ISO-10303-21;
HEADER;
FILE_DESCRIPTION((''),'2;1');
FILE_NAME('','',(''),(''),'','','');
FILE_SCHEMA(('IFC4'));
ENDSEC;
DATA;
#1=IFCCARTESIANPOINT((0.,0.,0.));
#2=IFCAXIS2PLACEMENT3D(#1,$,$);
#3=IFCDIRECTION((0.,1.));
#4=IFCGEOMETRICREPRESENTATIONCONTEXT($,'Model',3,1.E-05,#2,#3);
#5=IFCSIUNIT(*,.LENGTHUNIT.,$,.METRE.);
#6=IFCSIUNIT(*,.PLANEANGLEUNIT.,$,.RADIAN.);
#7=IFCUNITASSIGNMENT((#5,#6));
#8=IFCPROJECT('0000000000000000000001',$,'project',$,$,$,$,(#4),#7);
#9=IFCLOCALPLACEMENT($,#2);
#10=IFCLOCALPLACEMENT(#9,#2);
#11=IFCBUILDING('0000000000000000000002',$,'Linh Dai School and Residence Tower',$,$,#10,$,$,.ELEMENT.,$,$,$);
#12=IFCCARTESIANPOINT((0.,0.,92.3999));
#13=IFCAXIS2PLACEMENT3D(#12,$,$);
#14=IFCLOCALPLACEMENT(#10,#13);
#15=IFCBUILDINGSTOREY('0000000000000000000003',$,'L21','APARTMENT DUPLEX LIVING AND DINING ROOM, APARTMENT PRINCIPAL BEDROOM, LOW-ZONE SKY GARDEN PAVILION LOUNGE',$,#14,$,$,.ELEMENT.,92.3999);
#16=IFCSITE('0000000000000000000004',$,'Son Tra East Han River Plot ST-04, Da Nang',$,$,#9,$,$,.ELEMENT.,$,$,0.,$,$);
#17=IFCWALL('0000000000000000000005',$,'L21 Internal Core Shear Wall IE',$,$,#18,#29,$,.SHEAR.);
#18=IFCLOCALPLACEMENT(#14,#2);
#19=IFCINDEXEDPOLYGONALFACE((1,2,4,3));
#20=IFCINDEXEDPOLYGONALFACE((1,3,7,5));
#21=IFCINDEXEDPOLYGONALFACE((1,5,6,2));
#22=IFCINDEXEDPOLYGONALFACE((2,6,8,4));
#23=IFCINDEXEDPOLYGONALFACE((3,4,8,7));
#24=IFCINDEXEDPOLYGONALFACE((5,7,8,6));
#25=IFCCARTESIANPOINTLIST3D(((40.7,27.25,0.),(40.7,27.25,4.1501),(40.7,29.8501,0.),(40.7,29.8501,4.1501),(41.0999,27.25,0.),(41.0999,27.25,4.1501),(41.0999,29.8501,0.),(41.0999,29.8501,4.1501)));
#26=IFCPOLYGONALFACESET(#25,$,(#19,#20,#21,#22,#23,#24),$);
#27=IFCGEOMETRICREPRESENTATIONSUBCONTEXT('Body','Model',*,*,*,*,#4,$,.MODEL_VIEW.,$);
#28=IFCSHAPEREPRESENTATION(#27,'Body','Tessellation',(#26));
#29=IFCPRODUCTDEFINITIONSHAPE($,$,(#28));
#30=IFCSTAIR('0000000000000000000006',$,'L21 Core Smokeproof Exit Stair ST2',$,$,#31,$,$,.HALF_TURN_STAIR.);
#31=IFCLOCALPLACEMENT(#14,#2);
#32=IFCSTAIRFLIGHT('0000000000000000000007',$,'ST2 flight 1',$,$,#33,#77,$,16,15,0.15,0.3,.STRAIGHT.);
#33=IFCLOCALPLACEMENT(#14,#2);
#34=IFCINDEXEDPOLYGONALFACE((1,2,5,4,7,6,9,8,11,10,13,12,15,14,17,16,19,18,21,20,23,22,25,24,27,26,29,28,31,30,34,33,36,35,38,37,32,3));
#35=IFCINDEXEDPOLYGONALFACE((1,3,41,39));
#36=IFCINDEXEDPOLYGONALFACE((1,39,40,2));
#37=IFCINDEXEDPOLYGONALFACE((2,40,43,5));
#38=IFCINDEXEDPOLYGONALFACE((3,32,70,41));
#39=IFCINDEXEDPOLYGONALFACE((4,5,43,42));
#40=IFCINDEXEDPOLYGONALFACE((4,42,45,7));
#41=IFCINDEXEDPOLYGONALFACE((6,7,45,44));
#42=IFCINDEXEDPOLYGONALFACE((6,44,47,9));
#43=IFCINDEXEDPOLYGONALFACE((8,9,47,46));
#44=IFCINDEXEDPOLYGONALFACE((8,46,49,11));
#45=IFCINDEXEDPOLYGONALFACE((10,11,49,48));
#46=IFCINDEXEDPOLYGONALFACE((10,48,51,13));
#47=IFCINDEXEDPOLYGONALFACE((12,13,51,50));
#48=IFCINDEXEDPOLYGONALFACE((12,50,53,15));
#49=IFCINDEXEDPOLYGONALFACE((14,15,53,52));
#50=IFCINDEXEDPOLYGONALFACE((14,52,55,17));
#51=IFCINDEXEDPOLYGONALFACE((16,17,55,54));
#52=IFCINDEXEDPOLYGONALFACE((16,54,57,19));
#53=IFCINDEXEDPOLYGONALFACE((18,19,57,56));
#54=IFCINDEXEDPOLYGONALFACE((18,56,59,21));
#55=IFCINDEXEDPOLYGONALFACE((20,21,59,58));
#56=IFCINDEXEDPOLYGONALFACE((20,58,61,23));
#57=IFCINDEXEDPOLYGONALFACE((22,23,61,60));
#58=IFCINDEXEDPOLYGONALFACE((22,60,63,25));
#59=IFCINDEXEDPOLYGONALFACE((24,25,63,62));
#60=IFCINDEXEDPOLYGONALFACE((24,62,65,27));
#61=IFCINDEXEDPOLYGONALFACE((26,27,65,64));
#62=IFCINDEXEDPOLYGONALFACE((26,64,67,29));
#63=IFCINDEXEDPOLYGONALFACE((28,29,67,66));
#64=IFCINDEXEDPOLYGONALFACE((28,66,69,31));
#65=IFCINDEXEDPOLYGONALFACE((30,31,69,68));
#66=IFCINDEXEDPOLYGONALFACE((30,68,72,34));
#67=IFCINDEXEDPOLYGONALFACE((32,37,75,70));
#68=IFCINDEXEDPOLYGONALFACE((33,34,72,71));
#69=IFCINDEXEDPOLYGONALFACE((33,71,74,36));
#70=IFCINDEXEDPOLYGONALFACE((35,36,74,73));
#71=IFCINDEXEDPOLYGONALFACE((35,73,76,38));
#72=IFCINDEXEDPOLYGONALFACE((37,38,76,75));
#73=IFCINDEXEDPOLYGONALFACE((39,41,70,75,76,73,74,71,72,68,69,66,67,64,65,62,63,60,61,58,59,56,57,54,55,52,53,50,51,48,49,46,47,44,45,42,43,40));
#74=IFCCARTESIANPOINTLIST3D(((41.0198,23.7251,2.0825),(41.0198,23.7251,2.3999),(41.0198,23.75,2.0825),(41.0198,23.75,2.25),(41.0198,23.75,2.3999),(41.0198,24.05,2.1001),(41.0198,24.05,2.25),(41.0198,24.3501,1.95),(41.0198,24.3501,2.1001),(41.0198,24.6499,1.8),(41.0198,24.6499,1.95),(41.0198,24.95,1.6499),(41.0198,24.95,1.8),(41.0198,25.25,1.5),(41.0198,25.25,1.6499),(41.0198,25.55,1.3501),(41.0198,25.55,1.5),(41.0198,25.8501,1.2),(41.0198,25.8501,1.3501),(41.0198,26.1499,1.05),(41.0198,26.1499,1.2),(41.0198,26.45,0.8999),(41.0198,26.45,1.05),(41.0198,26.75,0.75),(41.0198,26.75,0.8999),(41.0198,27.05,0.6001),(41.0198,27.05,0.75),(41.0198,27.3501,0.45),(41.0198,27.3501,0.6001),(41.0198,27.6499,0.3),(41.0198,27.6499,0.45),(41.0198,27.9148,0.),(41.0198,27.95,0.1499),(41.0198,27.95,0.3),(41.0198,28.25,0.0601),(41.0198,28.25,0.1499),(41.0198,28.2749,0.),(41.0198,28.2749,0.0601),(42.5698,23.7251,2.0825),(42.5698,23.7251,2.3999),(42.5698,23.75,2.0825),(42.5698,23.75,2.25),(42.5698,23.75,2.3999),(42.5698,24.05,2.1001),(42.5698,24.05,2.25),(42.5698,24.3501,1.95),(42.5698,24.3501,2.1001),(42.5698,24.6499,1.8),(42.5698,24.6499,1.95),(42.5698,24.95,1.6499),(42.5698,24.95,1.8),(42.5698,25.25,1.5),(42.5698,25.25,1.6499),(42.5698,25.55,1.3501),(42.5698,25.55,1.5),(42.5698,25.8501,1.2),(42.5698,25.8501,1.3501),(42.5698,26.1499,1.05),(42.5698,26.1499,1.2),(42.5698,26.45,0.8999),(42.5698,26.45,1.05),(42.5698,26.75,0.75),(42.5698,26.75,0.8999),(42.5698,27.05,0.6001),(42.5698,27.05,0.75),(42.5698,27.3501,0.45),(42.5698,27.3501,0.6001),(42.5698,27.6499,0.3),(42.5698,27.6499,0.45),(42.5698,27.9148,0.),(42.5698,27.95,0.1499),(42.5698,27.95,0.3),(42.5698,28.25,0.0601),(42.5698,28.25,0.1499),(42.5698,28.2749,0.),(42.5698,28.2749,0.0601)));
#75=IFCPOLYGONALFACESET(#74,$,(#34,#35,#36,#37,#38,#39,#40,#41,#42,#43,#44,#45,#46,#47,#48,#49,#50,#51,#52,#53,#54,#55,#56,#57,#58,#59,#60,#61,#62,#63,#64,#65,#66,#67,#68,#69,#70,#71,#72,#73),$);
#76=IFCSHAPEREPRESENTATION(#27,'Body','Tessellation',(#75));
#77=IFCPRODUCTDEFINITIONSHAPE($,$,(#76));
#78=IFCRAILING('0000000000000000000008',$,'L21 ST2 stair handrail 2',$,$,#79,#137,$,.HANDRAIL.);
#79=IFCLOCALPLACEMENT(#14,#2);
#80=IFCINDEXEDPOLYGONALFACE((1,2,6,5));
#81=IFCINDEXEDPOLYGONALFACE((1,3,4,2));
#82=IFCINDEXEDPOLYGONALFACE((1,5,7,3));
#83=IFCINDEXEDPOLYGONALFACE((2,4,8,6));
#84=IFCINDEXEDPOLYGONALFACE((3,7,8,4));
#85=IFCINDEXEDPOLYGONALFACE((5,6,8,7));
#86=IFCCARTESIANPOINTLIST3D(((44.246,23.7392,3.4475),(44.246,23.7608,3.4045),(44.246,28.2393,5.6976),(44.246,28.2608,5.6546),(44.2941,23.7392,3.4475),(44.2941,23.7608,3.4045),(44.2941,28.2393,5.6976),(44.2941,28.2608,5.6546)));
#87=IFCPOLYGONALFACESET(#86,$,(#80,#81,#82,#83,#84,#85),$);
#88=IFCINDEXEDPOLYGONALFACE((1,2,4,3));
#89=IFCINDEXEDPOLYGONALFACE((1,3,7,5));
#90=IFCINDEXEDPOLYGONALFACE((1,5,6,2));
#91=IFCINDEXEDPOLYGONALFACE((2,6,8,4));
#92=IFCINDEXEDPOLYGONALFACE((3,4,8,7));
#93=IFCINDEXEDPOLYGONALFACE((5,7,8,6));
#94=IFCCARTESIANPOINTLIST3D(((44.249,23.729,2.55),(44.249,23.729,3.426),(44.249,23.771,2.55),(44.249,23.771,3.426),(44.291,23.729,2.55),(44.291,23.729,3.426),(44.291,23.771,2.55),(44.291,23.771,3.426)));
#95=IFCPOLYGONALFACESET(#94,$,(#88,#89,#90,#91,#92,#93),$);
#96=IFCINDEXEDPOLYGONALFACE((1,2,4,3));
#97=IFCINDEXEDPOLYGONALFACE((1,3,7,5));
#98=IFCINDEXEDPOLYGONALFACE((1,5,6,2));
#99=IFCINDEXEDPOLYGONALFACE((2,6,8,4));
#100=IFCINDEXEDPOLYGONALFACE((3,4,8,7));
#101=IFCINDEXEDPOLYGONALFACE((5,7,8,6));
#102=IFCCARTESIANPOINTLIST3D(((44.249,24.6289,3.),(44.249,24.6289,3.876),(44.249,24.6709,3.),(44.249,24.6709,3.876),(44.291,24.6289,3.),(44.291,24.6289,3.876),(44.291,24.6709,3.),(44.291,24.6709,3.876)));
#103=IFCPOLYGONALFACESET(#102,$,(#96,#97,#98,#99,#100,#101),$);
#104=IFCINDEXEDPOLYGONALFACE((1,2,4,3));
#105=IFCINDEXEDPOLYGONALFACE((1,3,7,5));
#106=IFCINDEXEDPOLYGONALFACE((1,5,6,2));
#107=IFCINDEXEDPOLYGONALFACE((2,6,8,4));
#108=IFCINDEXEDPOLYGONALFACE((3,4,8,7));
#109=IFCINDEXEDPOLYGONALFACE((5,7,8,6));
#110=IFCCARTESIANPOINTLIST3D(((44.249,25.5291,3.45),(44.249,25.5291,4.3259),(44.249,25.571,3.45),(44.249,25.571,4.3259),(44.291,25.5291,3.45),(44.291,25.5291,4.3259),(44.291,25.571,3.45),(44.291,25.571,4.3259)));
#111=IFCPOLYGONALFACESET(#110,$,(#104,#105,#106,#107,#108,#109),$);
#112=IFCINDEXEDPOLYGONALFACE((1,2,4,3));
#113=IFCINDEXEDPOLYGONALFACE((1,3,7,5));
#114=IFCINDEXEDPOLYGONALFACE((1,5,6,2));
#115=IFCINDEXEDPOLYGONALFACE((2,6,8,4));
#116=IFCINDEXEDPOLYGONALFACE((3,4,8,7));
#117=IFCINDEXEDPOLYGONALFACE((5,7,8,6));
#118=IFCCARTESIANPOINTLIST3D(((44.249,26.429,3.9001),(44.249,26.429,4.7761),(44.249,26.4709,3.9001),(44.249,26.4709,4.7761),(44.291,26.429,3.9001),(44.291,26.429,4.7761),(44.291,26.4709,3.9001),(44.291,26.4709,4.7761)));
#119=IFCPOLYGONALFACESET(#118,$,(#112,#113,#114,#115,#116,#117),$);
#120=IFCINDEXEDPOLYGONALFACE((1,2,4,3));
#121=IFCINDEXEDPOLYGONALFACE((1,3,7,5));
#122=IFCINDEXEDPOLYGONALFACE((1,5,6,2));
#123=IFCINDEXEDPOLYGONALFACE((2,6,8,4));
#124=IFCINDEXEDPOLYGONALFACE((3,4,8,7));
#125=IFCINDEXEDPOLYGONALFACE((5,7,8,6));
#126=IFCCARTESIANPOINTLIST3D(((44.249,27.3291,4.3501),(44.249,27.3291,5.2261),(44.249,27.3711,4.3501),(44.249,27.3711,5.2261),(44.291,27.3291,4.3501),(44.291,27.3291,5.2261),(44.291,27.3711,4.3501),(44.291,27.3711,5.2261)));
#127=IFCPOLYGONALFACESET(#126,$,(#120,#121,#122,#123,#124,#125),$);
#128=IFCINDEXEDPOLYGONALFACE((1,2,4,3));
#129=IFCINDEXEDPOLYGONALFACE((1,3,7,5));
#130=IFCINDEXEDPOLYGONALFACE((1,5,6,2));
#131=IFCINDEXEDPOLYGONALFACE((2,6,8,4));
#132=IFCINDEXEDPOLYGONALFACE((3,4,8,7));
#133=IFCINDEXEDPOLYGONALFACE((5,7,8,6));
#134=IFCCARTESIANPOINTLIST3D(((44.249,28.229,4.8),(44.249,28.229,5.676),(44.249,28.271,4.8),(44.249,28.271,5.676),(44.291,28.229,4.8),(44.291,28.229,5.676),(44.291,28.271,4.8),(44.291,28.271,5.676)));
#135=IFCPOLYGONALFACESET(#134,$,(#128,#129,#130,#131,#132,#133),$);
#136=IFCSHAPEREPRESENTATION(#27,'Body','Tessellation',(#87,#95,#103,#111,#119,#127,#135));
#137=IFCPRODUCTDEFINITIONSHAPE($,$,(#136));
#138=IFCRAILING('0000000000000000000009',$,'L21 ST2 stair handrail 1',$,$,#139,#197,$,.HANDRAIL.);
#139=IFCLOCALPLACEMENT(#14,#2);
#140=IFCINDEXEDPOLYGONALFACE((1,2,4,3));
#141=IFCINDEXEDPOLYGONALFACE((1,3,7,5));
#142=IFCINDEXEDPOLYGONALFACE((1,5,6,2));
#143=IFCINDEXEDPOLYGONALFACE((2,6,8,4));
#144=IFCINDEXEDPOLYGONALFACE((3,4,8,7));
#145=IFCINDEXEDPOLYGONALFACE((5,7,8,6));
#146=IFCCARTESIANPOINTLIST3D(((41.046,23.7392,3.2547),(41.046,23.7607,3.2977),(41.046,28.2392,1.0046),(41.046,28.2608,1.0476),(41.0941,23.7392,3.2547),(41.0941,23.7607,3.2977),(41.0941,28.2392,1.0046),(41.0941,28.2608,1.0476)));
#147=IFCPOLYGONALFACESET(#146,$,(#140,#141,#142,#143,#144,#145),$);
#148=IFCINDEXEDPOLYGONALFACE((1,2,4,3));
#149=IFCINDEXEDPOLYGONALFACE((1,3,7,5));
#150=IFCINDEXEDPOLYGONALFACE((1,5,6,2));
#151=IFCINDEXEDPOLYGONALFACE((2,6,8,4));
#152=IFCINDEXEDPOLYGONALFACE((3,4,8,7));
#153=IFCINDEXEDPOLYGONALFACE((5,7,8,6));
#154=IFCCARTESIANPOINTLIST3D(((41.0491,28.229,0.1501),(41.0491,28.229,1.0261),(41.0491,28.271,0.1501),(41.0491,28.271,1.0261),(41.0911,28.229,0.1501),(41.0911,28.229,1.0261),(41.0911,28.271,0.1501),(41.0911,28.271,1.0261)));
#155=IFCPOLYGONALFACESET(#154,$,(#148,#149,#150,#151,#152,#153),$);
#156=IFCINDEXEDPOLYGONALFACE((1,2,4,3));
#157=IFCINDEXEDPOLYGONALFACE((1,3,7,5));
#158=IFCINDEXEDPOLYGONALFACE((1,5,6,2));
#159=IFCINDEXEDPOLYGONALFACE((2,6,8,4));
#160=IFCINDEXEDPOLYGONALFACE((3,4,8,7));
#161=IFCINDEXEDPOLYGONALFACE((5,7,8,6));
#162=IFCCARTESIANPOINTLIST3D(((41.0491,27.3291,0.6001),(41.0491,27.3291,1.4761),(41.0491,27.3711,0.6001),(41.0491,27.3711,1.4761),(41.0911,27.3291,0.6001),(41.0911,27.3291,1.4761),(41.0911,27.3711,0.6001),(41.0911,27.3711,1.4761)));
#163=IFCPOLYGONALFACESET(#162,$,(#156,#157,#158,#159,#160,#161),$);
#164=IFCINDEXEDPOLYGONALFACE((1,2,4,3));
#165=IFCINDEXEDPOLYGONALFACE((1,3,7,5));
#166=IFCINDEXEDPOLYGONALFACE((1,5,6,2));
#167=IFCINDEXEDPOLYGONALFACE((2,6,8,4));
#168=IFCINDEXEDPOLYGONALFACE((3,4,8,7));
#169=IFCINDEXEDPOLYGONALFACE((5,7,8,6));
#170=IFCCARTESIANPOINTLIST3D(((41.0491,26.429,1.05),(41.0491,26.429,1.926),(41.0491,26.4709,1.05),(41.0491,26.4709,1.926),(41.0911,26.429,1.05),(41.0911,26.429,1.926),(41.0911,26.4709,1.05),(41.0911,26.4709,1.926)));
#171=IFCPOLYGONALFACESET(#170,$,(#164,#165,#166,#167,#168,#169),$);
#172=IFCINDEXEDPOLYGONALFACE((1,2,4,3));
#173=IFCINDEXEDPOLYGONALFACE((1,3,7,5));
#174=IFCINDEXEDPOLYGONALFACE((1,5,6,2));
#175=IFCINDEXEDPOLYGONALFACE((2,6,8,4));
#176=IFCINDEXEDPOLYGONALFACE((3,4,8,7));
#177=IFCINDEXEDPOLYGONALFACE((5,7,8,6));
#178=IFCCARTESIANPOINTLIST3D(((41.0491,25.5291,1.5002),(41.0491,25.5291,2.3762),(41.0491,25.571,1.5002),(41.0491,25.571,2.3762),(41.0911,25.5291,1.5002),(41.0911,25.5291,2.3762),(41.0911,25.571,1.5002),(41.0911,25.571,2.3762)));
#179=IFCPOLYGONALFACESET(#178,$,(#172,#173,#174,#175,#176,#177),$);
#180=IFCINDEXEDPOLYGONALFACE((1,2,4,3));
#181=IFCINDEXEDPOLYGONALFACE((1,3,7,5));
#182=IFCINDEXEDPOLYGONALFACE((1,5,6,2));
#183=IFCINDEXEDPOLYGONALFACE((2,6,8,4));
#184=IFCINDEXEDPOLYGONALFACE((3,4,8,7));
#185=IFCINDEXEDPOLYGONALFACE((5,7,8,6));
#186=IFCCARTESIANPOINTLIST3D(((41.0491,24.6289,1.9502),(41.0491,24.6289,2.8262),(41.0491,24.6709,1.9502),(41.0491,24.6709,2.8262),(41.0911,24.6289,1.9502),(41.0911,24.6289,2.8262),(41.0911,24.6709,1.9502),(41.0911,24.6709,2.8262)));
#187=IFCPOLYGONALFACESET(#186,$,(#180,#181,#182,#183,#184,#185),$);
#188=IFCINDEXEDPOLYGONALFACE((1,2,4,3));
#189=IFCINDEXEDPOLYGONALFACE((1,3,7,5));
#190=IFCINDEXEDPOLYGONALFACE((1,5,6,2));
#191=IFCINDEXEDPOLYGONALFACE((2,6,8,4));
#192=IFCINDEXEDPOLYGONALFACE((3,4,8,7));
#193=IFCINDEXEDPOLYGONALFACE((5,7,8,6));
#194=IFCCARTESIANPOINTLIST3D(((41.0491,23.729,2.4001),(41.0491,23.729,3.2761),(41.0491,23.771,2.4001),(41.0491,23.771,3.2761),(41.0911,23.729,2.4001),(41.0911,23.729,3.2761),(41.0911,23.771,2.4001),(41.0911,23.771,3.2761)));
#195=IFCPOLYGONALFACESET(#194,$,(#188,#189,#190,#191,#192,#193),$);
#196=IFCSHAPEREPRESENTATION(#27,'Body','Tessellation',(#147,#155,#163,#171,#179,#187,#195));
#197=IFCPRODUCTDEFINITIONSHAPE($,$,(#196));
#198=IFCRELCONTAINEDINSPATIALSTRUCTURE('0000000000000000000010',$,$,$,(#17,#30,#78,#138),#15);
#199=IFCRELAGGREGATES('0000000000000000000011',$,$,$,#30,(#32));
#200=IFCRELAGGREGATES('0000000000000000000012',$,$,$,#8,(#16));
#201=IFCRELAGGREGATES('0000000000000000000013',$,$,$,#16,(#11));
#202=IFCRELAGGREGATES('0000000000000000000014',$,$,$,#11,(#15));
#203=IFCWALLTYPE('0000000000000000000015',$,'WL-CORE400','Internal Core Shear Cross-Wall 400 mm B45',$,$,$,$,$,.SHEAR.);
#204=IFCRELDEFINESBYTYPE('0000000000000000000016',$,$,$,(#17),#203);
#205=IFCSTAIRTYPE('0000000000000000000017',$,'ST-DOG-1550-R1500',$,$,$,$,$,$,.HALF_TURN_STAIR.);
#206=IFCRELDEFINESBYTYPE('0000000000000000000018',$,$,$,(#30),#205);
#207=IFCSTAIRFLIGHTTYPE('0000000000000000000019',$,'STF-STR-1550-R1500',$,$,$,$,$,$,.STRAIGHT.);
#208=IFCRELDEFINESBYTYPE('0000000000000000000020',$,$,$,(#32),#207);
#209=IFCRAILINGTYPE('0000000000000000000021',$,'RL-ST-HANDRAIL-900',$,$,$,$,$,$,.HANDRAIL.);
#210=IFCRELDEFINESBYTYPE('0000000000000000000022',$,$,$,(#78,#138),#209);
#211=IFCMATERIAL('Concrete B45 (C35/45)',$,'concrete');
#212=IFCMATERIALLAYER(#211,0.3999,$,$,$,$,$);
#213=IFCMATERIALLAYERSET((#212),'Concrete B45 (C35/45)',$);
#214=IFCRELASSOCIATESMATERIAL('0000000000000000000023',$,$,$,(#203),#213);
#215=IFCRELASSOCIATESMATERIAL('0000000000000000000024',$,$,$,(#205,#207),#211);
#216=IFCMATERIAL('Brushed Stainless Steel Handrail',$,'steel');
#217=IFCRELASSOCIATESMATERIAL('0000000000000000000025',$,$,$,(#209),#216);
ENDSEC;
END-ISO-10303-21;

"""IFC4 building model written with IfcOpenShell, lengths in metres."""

from ifc_helpers import new_model, si_unit, direction, frame, frame_2d, origin, origin_2d, place, context, subcontext, project, spatial, polyline, rectangle, outline, extrude, source, transform, mapped, material, layer, layer_set, type_object, element, aggregate, save


model = new_model("IFC4")

# Units and contexts
model_context = context("Model", 3, precision=1e-05, world=origin(), true_north=direction((0.0, 1.0)))
body_context = subcontext(model_context, "Body", "Model", "MODEL_VIEW")
ifc_project = project(units=[si_unit("LENGTHUNIT", "METRE"), si_unit("PLANEANGLEUNIT", "RADIAN")], contexts=[model_context])

# Site, building, storey
site_placement = place(None, origin())
site = spatial("IfcSite", under=ifc_project, at=site_placement, Name="Son Tra East Han River Plot ST-04, Da Nang", CompositionType="ELEMENT", RefElevation=0.0)
building_placement = place(site_placement, origin())
building = spatial("IfcBuilding", under=site, at=building_placement, Name="Linh Dai School and Residence Tower", CompositionType="ELEMENT")
storey_placement = place(building_placement, frame((0.0, 0.0, 92.3999)))
storey = spatial("IfcBuildingStorey", under=building, at=storey_placement, Name="L21", Description="APARTMENT DUPLEX LIVING AND DINING ROOM, APARTMENT PRINCIPAL BEDROOM, LOW-ZONE SKY GARDEN PAVILION LOUNGE", CompositionType="ELEMENT", Elevation=92.3999)

# Wall
ifc_material_1 = material(Name="Concrete B45 (C35/45)", Category="concrete")
ifc_layer_1 = layer(ifc_material_1, 0.3999)
ifc_layer_set_1 = layer_set([ifc_layer_1], Name="Concrete B45 (C35/45)")
wall_type_1 = type_object("IfcWallType", Name="WL-CORE400", Description="Internal Core Shear Cross-Wall 400 mm B45", PredefinedType="SHEAR", material=ifc_layer_set_1)
wall_1_placement = place(storey_placement, frame((40.8999, 27.25, 0.0), z_axis=(0.0, 0.0, 1.0), x_axis=(0.0, 1.0, 0.0)))
element("IfcWall", 1, at=wall_1_placement, inside=storey, type_object=wall_type_1, Name="L21 Internal Core Shear Wall IE", PredefinedType="SHEAR", context=body_context, shape_type="SweptSolid", body=[
    extrude(rectangle(XDim=2.6001, YDim=0.3999, at=frame_2d((1.3, 0.0))), origin(), (0.0, 0.0, 1.0), 4.1501),
])

# Stair, stair flight
stair_type = type_object("IfcStairType", Name="ST-DOG-1550-R1500", PredefinedType="HALF_TURN_STAIR", material=ifc_material_1)
stair_placement = place(storey_placement, origin())
stair = element("IfcStair", 2, at=stair_placement, inside=storey, type_object=stair_type, Name="L21 Core Smokeproof Exit Stair ST2", PredefinedType="HALF_TURN_STAIR")
stair_flight_type = type_object("IfcStairFlightType", Name="STF-STR-1550-R1500", PredefinedType="STRAIGHT", material=ifc_material_1)
shared_shape_1 = source(origin(), body_context, "Body", "SweptSolid", [
    extrude(outline(polyline([(-0.0249, 0.0), (-0.0249, 0.0601), (0.0, 0.0601), (0.0, 0.1499), (0.3, 0.1499), (0.3, 0.3), (0.6001, 0.3), (0.6001, 0.45), (0.8999, 0.45), (0.8999, 0.6001), (1.2, 0.6001), (1.2, 0.75), (1.5, 0.75), (1.5, 0.8999), (1.8, 0.8999), (1.8, 1.05), (2.1001, 1.05), (2.1001, 1.2), (2.3999, 1.2), (2.3999, 1.3501), (2.7, 1.3501), (2.7, 1.5), (3.0, 1.5), (3.0, 1.6499), (3.3, 1.6499), (3.3, 1.8), (3.6001, 1.8), (3.6001, 1.95), (3.8999, 1.95), (3.8999, 2.1001), (4.2, 2.1001), (4.2, 2.25), (4.5, 2.25), (4.5, 2.3999), (4.5249, 2.3999), (4.5249, 2.0825), (4.5, 2.0825), (0.3352, 0.0), (-0.0249, 0.0)])), frame((0.0, 0.7749, 0.0), z_axis=(0.0, -1.0, 0.0), x_axis=(1.0, 0.0, 0.0)), (0.0, 0.0, 1.0), 1.55),
])
stair_flight_placement = place(storey_placement, frame((41.7949, 28.25, 0.0), z_axis=(0.0, 0.0, 1.0), x_axis=(0.0, -1.0, 0.0)))
stair_flight = element("IfcStairFlight", 3, at=stair_flight_placement, type_object=stair_flight_type, Name="ST2 flight 1", NumberOfRisers=16, NumberOfTreads=15, PredefinedType="STRAIGHT", RiserHeight=0.15, TreadLength=0.3, context=body_context, shape_type="MappedRepresentation", body=[
    mapped(shared_shape_1, transform((0.0, 0.0, 0.0), x_axis=(1.0, 0.0, 0.0), y_axis=(0.0, 1.0, 0.0), z_axis=(0.0, 0.0, 1.0), scale=1.0)),
])
aggregate(stair, [stair_flight])

# Railings
ifc_material_2 = material(Name="Brushed Stainless Steel Handrail", Category="steel")
railing_type_1 = type_object("IfcRailingType", Name="RL-ST-HANDRAIL-900", PredefinedType="HANDRAIL", material=ifc_material_2)
shared_shape_2 = source(origin(), body_context, "Body", "SweptSolid", [
    extrude(rectangle(XDim=0.0481, YDim=0.0481, at=origin_2d()), frame((0.0, 0.0, 0.876), z_axis=(0.0, 0.894427, 0.447214), x_axis=(-1.0, 0.0, 0.0)), (0.0, 0.0, 1.0), 5.0312),
    extrude(rectangle(XDim=0.042, YDim=0.042, at=origin_2d()), origin(), (0.0, 0.0, 1.0), 0.876),
    extrude(rectangle(XDim=0.042, YDim=0.042, at=origin_2d()), frame((0.0, 0.8999, 0.45)), (0.0, 0.0, 1.0), 0.876),
    extrude(rectangle(XDim=0.042, YDim=0.042, at=origin_2d()), frame((0.0, 1.8, 0.8999)), (0.0, 0.0, 1.0), 0.876),
    extrude(rectangle(XDim=0.042, YDim=0.042, at=origin_2d()), frame((0.0, 2.7, 1.3501)), (0.0, 0.0, 1.0), 0.876),
    extrude(rectangle(XDim=0.042, YDim=0.042, at=origin_2d()), frame((0.0, 3.6001, 1.8)), (0.0, 0.0, 1.0), 0.876),
    extrude(rectangle(XDim=0.042, YDim=0.042, at=origin_2d()), frame((0.0, 4.5, 2.25)), (0.0, 0.0, 1.0), 0.876),
])
railing_1_placement = place(storey_placement, frame((44.27, 23.75, 2.55)))
element("IfcRailing", 4, at=railing_1_placement, inside=storey, type_object=railing_type_1, Name="L21 ST2 stair handrail 2", PredefinedType="HANDRAIL", context=body_context, shape_type="MappedRepresentation", body=[
    mapped(shared_shape_2, transform((0.0, 0.0, 0.0), x_axis=(1.0, 0.0, 0.0), y_axis=(0.0, 1.0, 0.0), z_axis=(0.0, 0.0, 1.0), scale=1.0)),
])
shared_shape_3 = source(origin(), body_context, "Body", "SweptSolid", [
    extrude(rectangle(XDim=0.0481, YDim=0.0481, at=origin_2d()), frame((0.0, 0.0, 0.876), z_axis=(0.0, -0.894427, 0.447214), x_axis=(1.0, 0.0, 0.0)), (0.0, 0.0, 1.0), 5.0312),
    extrude(rectangle(XDim=0.042, YDim=0.042, at=origin_2d()), origin(), (0.0, 0.0, 1.0), 0.876),
    extrude(rectangle(XDim=0.042, YDim=0.042, at=origin_2d()), frame((0.0, -0.8999, 0.45)), (0.0, 0.0, 1.0), 0.876),
    extrude(rectangle(XDim=0.042, YDim=0.042, at=origin_2d()), frame((0.0, -1.8, 0.8999)), (0.0, 0.0, 1.0), 0.876),
    extrude(rectangle(XDim=0.042, YDim=0.042, at=origin_2d()), frame((0.0, -2.7, 1.3501)), (0.0, 0.0, 1.0), 0.876),
    extrude(rectangle(XDim=0.042, YDim=0.042, at=origin_2d()), frame((0.0, -3.6001, 1.8)), (0.0, 0.0, 1.0), 0.876),
    extrude(rectangle(XDim=0.042, YDim=0.042, at=origin_2d()), frame((0.0, -4.5, 2.25)), (0.0, 0.0, 1.0), 0.876),
])
railing_2_placement = place(storey_placement, frame((41.0701, 28.25, 0.1501)))
element("IfcRailing", 5, at=railing_2_placement, inside=storey, type_object=railing_type_1, Name="L21 ST2 stair handrail 1", PredefinedType="HANDRAIL", context=body_context, shape_type="MappedRepresentation", body=[
    mapped(shared_shape_3, transform((0.0, 0.0, 0.0), x_axis=(1.0, 0.0, 0.0), y_axis=(0.0, 1.0, 0.0), z_axis=(0.0, 0.0, 1.0), scale=1.0)),
])

save(model, "model.ifc")
